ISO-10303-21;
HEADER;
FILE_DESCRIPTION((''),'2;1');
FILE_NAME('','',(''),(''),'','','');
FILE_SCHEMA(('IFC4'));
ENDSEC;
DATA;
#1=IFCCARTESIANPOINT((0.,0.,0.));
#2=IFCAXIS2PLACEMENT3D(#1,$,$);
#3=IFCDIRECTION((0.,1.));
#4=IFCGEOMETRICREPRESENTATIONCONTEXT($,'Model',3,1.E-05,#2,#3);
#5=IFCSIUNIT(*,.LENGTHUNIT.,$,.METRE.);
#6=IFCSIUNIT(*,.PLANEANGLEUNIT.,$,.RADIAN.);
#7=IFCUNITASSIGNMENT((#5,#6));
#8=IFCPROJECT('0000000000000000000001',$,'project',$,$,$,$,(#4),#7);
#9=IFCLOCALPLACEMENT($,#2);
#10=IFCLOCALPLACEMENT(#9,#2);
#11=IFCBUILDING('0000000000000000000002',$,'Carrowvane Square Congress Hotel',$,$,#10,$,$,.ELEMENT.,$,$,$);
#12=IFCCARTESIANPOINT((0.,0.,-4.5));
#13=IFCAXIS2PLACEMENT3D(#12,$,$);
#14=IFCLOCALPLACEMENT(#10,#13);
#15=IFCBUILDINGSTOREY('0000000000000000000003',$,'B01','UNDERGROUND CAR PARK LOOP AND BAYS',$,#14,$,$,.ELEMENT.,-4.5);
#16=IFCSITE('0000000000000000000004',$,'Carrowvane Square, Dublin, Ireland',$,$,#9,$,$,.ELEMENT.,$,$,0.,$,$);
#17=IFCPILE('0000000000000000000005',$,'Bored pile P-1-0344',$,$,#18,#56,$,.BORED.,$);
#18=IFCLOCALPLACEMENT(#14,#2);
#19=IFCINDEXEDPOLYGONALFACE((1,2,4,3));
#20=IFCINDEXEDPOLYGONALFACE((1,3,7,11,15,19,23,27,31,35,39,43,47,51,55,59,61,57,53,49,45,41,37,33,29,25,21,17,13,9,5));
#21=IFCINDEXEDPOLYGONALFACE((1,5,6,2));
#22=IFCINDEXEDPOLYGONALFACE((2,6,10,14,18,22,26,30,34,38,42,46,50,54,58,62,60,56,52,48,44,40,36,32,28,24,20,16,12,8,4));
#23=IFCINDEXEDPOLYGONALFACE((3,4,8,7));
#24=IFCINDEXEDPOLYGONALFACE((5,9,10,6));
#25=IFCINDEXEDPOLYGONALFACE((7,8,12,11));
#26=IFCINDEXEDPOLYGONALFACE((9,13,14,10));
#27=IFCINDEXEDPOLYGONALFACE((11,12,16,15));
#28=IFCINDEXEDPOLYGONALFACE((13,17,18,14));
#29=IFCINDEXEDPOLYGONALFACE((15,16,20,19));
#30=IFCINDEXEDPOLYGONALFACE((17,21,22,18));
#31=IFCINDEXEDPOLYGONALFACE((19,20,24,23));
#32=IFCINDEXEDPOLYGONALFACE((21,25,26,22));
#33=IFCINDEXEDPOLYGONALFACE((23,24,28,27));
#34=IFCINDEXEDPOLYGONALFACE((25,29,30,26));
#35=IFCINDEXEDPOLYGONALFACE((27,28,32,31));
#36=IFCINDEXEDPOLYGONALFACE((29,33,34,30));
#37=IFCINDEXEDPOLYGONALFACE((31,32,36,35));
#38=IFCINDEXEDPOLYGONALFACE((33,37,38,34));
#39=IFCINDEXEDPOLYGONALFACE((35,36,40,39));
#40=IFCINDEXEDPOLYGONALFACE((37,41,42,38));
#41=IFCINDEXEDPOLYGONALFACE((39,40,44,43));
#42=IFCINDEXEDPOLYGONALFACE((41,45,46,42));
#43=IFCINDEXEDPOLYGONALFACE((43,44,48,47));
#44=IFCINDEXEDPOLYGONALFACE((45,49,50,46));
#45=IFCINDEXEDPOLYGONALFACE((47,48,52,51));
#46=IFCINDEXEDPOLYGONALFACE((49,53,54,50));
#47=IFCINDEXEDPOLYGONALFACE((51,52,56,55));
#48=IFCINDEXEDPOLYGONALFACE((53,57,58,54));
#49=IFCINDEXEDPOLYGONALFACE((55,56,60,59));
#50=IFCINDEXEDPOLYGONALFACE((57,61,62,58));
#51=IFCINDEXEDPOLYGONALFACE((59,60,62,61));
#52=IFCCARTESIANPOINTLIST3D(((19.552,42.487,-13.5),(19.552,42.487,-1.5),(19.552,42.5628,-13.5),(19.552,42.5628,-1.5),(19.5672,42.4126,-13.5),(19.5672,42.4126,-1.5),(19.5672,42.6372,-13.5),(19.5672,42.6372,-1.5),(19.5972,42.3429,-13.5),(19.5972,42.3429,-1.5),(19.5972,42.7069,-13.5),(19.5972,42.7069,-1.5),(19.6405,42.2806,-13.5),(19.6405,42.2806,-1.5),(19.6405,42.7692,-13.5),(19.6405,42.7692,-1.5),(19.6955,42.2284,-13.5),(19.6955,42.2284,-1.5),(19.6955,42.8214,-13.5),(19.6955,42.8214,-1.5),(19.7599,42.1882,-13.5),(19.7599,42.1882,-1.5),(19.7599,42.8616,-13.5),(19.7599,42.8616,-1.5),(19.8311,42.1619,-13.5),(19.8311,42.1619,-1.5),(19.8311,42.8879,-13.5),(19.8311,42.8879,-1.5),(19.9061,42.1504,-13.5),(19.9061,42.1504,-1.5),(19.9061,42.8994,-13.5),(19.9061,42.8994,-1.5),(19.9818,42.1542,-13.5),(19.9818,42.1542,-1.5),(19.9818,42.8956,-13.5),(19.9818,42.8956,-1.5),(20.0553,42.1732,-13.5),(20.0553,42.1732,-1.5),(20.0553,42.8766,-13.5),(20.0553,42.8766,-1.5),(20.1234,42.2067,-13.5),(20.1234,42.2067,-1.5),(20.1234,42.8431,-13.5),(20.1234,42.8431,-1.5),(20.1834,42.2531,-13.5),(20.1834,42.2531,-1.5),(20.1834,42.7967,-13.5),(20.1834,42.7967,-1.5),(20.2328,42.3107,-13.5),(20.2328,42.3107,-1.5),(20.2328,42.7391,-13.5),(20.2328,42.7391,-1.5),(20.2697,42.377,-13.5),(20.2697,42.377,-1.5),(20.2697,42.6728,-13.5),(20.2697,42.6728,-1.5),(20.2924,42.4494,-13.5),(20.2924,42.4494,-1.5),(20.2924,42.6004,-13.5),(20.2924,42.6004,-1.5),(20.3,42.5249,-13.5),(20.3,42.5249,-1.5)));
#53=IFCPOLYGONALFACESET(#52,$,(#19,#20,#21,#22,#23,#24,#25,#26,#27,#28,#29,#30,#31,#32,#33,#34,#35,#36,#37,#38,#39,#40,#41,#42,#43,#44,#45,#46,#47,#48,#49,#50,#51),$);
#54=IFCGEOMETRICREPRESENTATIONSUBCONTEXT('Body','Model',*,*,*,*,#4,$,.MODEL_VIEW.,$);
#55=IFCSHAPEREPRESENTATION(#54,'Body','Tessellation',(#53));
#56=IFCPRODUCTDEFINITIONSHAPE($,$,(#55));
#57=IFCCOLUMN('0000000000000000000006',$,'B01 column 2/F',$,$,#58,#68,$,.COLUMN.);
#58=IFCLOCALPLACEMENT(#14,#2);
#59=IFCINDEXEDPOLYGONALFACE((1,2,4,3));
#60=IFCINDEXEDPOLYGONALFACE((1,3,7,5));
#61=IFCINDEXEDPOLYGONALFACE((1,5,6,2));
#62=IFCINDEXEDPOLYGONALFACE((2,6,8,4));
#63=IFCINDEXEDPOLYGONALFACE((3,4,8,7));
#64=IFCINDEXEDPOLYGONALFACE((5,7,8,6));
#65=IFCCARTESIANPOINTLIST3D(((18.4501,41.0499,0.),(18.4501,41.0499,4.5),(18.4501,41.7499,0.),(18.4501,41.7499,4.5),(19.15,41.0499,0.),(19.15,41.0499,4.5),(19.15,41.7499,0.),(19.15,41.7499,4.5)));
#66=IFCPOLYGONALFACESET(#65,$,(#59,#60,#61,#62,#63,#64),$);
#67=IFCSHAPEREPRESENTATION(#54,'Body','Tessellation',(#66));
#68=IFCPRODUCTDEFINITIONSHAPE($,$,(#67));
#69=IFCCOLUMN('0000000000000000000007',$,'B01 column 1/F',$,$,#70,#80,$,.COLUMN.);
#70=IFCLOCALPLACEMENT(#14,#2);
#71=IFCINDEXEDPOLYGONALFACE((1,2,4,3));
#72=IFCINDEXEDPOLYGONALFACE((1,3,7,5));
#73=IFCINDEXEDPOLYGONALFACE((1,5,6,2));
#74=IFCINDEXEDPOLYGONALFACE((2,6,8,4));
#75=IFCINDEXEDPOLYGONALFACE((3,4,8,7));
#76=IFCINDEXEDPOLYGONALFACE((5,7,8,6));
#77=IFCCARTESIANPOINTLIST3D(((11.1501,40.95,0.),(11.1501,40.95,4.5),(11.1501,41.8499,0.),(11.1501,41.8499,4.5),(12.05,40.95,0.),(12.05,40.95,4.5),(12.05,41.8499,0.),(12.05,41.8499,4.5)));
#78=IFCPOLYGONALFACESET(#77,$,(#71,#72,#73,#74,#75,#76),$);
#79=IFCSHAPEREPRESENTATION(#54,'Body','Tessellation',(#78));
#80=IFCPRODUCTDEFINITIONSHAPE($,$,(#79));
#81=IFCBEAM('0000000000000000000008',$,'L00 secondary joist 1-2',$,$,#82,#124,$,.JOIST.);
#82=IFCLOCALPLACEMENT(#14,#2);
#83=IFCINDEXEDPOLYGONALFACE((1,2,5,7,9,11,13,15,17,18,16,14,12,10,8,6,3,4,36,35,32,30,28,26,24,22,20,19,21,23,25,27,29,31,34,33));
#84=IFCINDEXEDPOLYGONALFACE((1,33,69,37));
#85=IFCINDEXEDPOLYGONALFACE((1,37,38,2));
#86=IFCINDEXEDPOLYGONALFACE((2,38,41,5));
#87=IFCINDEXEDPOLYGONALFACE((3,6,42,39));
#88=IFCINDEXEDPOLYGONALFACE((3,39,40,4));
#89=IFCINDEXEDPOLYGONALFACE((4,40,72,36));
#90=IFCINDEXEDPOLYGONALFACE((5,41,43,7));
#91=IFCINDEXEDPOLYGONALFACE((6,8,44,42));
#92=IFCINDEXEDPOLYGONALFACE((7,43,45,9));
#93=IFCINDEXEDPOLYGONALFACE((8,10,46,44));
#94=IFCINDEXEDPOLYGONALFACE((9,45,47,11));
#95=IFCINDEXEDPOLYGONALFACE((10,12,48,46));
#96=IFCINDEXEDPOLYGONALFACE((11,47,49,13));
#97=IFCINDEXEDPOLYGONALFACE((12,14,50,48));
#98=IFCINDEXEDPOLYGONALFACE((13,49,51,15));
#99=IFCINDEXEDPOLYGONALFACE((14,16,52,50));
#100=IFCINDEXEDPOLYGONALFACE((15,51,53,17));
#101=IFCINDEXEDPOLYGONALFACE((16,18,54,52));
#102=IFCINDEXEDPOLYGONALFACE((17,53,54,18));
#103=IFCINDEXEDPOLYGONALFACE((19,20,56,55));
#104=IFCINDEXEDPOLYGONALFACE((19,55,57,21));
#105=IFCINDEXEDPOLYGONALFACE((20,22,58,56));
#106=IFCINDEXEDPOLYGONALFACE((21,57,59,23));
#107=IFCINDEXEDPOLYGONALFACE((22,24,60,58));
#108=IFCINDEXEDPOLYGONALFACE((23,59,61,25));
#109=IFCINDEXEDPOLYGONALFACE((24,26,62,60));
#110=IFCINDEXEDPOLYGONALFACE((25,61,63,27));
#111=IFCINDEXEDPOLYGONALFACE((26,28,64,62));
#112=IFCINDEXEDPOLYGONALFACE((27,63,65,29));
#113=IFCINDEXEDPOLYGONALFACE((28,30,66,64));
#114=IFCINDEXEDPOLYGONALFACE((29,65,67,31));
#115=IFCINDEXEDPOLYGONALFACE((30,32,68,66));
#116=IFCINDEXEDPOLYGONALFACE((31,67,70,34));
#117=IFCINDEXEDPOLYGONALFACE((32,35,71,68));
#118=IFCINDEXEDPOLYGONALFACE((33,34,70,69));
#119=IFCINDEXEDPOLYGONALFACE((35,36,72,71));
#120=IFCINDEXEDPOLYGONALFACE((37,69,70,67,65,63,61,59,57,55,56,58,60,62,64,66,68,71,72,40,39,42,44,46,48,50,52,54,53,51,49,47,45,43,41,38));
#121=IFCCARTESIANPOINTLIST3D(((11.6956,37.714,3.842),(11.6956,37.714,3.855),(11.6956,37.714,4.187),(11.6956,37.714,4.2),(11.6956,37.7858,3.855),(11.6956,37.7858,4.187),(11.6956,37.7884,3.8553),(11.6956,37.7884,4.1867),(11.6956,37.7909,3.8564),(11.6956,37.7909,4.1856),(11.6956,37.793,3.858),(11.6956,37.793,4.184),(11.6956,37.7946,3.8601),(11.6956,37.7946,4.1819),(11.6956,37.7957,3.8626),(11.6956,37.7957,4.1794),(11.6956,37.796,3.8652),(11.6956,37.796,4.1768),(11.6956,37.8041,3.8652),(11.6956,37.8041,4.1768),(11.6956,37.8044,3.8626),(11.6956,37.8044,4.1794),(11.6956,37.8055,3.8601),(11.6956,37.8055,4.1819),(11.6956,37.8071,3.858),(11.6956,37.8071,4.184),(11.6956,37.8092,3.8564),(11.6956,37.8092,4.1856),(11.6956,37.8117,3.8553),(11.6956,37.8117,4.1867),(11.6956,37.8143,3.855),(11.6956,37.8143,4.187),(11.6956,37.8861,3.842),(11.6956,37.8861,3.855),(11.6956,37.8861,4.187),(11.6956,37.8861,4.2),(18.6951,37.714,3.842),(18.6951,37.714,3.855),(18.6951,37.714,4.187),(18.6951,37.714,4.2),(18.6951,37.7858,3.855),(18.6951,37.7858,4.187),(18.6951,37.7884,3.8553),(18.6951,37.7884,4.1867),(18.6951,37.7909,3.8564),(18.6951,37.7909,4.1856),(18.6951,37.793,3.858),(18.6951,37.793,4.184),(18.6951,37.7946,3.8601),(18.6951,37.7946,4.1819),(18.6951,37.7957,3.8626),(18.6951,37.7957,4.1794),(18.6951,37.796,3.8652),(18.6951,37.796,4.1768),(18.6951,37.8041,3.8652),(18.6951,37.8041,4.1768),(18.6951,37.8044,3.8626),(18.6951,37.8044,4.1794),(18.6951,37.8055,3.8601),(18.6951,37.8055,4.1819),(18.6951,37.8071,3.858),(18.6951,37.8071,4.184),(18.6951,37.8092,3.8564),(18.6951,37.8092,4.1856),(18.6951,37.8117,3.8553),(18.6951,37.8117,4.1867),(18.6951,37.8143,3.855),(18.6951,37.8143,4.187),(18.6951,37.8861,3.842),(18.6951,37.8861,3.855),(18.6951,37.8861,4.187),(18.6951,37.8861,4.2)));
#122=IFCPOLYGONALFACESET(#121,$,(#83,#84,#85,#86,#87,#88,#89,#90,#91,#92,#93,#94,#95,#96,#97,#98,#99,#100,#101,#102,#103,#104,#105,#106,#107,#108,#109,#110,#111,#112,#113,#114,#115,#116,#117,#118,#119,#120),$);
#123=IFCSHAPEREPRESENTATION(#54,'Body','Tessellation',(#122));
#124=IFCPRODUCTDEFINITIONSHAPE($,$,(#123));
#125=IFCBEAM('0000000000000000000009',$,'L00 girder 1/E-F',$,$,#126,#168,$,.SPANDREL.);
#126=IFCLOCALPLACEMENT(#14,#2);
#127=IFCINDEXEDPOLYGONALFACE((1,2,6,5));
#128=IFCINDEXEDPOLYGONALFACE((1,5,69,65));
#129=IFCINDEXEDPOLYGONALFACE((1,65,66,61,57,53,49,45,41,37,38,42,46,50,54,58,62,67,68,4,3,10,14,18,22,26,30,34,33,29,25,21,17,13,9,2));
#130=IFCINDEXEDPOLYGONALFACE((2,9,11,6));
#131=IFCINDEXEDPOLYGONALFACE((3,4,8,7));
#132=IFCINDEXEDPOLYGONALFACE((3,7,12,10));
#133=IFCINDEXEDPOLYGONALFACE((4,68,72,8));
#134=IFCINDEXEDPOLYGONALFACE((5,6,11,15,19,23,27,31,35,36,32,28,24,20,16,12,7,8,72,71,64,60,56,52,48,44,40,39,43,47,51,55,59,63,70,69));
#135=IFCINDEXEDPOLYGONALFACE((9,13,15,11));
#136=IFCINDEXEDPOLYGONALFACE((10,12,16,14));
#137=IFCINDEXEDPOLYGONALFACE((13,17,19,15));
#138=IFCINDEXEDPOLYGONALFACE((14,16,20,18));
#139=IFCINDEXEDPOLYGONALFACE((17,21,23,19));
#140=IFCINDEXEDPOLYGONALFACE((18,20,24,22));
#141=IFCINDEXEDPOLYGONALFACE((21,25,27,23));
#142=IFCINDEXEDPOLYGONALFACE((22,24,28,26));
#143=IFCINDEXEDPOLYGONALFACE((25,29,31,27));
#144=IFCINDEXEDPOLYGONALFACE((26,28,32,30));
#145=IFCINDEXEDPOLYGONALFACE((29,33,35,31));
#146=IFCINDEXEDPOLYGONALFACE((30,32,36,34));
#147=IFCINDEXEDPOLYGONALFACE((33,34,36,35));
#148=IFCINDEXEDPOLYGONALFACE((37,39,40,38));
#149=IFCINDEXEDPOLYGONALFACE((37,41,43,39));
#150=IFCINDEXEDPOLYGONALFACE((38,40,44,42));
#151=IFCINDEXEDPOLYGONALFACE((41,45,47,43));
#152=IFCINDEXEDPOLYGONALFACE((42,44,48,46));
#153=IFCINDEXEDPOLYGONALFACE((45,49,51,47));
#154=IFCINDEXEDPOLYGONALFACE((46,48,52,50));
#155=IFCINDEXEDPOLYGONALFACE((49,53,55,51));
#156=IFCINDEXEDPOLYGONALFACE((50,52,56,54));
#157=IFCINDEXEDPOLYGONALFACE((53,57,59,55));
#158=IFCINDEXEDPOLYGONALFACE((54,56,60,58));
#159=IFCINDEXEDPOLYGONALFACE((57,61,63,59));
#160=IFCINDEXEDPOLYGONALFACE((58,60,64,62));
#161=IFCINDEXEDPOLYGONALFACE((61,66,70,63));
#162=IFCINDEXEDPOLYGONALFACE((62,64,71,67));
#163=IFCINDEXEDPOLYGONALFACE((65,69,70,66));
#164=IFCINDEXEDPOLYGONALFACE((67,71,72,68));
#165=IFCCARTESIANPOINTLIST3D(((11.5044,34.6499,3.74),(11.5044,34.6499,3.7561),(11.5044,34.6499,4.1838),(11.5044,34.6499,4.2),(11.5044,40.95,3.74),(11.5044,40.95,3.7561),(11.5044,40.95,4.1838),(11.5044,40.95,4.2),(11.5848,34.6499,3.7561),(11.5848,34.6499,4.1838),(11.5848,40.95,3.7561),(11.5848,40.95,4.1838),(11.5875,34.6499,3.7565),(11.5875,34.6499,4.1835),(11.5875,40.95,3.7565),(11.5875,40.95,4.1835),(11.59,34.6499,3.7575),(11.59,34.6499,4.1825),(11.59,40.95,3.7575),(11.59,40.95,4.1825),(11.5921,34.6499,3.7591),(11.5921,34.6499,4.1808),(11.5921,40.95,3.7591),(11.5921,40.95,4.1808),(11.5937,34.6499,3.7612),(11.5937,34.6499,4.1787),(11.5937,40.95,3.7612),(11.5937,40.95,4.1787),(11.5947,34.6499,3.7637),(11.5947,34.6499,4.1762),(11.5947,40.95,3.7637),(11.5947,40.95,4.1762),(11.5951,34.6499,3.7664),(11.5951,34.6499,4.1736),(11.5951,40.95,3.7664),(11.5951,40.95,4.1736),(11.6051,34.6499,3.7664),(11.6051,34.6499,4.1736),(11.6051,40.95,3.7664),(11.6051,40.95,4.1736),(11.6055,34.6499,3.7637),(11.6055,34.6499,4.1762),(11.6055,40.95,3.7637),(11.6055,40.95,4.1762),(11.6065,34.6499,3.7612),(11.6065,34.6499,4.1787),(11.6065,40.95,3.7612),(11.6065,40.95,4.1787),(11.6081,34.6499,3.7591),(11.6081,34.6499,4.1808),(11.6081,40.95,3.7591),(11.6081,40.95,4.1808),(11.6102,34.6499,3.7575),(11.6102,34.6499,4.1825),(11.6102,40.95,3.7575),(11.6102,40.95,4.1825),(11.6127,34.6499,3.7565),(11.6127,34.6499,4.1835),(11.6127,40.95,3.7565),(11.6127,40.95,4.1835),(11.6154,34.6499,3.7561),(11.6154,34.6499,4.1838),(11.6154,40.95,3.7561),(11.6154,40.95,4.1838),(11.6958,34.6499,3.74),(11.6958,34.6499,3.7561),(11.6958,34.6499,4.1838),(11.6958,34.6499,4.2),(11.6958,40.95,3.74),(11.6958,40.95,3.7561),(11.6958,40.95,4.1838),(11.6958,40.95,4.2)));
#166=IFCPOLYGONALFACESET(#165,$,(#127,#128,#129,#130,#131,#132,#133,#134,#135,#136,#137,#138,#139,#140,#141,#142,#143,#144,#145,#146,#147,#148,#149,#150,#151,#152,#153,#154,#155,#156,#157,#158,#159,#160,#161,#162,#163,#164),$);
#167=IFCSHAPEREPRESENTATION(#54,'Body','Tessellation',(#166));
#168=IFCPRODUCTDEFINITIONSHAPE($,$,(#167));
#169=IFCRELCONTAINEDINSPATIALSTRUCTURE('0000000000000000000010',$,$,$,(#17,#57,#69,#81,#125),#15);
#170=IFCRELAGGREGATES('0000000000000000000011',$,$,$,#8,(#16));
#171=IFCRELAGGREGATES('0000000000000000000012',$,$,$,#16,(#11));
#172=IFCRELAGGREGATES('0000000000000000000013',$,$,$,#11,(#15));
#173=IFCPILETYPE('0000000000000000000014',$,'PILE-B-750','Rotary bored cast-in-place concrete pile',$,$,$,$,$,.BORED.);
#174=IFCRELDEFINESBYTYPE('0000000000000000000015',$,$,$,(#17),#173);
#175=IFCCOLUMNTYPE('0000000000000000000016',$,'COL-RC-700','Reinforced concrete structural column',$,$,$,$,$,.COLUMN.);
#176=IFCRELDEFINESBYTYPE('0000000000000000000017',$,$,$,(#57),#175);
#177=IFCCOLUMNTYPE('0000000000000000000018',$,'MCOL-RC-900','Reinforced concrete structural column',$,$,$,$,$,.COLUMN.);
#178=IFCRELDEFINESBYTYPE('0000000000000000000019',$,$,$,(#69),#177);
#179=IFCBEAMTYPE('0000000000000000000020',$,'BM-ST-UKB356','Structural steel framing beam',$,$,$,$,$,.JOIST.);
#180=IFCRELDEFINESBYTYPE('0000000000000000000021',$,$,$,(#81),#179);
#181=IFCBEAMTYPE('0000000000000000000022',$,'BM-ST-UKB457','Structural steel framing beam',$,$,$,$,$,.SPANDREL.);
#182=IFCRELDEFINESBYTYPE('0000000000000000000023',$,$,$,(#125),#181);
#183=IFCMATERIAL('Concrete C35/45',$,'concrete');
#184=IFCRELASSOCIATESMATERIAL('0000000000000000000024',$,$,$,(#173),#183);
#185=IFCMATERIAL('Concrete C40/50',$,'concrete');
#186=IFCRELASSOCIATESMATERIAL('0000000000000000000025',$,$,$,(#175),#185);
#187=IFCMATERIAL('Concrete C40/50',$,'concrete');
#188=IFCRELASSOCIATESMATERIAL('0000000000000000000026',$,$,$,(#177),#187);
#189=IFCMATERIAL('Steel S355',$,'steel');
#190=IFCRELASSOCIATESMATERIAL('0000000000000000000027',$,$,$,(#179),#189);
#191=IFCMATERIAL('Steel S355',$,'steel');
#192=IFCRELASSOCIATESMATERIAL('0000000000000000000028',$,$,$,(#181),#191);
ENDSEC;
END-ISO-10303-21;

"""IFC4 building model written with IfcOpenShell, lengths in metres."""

from ifc_helpers import new_model, si_unit, direction, frame, origin, origin_2d, place, context, subcontext, project, spatial, rectangle, circle, i_section, extrude, material, material_profile, profile_set, type_object, element, save


model = new_model("IFC4")

# Units and contexts
model_context = context("Model", 3, precision=1e-05, world=origin(), true_north=direction((0.0, 1.0)))
body_context = subcontext(model_context, "Body", "Model", "MODEL_VIEW")
ifc_project = project(units=[si_unit("LENGTHUNIT", "METRE"), si_unit("PLANEANGLEUNIT", "RADIAN")], contexts=[model_context])

# Site, building, storey
site_placement = place(None, origin())
site = spatial("IfcSite", under=ifc_project, at=site_placement, Name="Carrowvane Square, Dublin, Ireland", CompositionType="ELEMENT", RefElevation=0.0)
building_placement = place(site_placement, origin())
building = spatial("IfcBuilding", under=site, at=building_placement, Name="Carrowvane Square Congress Hotel", CompositionType="ELEMENT")
storey_placement = place(building_placement, frame((0.0, 0.0, -4.5)))
storey = spatial("IfcBuildingStorey", under=building, at=storey_placement, Name="B01", Description="UNDERGROUND CAR PARK LOOP AND BAYS", CompositionType="ELEMENT", Elevation=-4.5)

# Pile
ifc_material_1 = material(Name="Concrete C35/45", Category="concrete")
ifc_material_profile_1 = material_profile(ifc_material_1, circle(Radius=0.375, at=origin_2d()), Name="PILE D750")
ifc_profile_set_1 = profile_set([ifc_material_profile_1], Name="Concrete C35/45")
pile_type_1 = type_object("IfcPileType", Name="PILE-B-750", Description="Rotary bored cast-in-place concrete pile", PredefinedType="BORED", material=ifc_profile_set_1)
for number, where, z_axis, x_axis, name in (
    (1, (19.925, 42.5249, -1.5), (0.0, 0.0, -1.0), (1.0, 0.0, 0.0), "Bored pile P-1-0344"),
):
    element("IfcPile", number, at=place(storey_placement, frame(where, z_axis=z_axis, x_axis=x_axis)), inside=storey, type_object=pile_type_1, Name=name, PredefinedType="BORED", context=body_context, shape_type="SweptSolid", body=[
        extrude(circle(Radius=0.375, at=origin_2d()), origin(), (0.0, 0.0, 1.0), 12.0),
    ])

# Columns
ifc_material_2 = material(Name="Concrete C40/50", Category="concrete")
ifc_material_profile_2 = material_profile(ifc_material_2, rectangle(XDim=0.7, YDim=0.7, at=origin_2d()), Name="RC 700x700")
ifc_profile_set_2 = profile_set([ifc_material_profile_2], Name="Concrete C40/50")
column_type_1 = type_object("IfcColumnType", Name="COL-RC-700", Description="Reinforced concrete structural column", PredefinedType="COLUMN", material=ifc_profile_set_2)
column_1_placement = place(storey_placement, frame((18.8, 41.3999, 0.0), z_axis=(0.0, 0.0, 1.0), x_axis=(1.0, 0.0, 0.0)))
element("IfcColumn", 2, at=column_1_placement, inside=storey, type_object=column_type_1, Name="B01 column 2/F", PredefinedType="COLUMN", context=body_context, shape_type="SweptSolid", body=[
    extrude(rectangle(XDim=0.7, YDim=0.7, at=origin_2d()), origin(), (0.0, 0.0, 1.0), 4.5),
])
ifc_material_3 = material(Name="Concrete C40/50", Category="concrete")
ifc_material_profile_3 = material_profile(ifc_material_3, rectangle(XDim=0.8999, YDim=0.8999, at=origin_2d()), Name="RC 900x900")
ifc_profile_set_3 = profile_set([ifc_material_profile_3], Name="Concrete C40/50")
column_type_2 = type_object("IfcColumnType", Name="MCOL-RC-900", Description="Reinforced concrete structural column", PredefinedType="COLUMN", material=ifc_profile_set_3)
column_2_placement = place(storey_placement, frame((11.6001, 41.3999, 0.0), z_axis=(0.0, 0.0, 1.0), x_axis=(1.0, 0.0, 0.0)))
element("IfcColumn", 3, at=column_2_placement, inside=storey, type_object=column_type_2, Name="B01 column 1/F", PredefinedType="COLUMN", context=body_context, shape_type="SweptSolid", body=[
    extrude(rectangle(XDim=0.8999, YDim=0.8999, at=origin_2d()), origin(), (0.0, 0.0, 1.0), 4.5),
])

# Beams
ifc_material_4 = material(Name="Steel S355", Category="steel")
ifc_material_profile_4 = material_profile(ifc_material_4, i_section(OverallWidth=0.1721, OverallDepth=0.3579, WebThickness=0.0081, FlangeThickness=0.0129, FilletRadius=0.0103, at=origin_2d()), Name="UKB 356x171x57")
ifc_profile_set_4 = profile_set([ifc_material_profile_4], Name="Steel S355")
beam_type_1 = type_object("IfcBeamType", Name="BM-ST-UKB356", Description="Structural steel framing beam", PredefinedType="JOIST", material=ifc_profile_set_4)
beam_1_placement = place(storey_placement, frame((11.6956, 37.8, 4.021), z_axis=(1.0, 0.0, 0.0), x_axis=(0.0, 1.0, 0.0)))
element("IfcBeam", 4, at=beam_1_placement, inside=storey, type_object=beam_type_1, Name="L00 secondary joist 1-2", PredefinedType="JOIST", context=body_context, shape_type="SweptSolid", body=[
    extrude(i_section(OverallWidth=0.1721, OverallDepth=0.3579, WebThickness=0.0081, FlangeThickness=0.0129, FilletRadius=0.0103, at=origin_2d()), origin(), (0.0, 0.0, 1.0), 6.9995),
])
ifc_material_5 = material(Name="Steel S355", Category="steel")
ifc_material_profile_5 = material_profile(ifc_material_5, i_section(OverallWidth=0.1914, OverallDepth=0.46, WebThickness=0.01, FlangeThickness=0.0161, FilletRadius=0.0103, at=origin_2d()), Name="UKB 457x191x82")
ifc_profile_set_5 = profile_set([ifc_material_profile_5], Name="Steel S355")
beam_type_2 = type_object("IfcBeamType", Name="BM-ST-UKB457", Description="Structural steel framing beam", PredefinedType="SPANDREL", material=ifc_profile_set_5)
beam_2_placement = place(storey_placement, frame((11.6001, 34.6499, 3.97), z_axis=(0.0, 1.0, 0.0), x_axis=(-1.0, 0.0, 0.0)))
element("IfcBeam", 5, at=beam_2_placement, inside=storey, type_object=beam_type_2, Name="L00 girder 1/E-F", PredefinedType="SPANDREL", context=body_context, shape_type="SweptSolid", body=[
    extrude(i_section(OverallWidth=0.1914, OverallDepth=0.46, WebThickness=0.01, FlangeThickness=0.0161, FilletRadius=0.0103, at=origin_2d()), origin(), (0.0, 0.0, 1.0), 6.3),
])

save(model, "model.ifc")
